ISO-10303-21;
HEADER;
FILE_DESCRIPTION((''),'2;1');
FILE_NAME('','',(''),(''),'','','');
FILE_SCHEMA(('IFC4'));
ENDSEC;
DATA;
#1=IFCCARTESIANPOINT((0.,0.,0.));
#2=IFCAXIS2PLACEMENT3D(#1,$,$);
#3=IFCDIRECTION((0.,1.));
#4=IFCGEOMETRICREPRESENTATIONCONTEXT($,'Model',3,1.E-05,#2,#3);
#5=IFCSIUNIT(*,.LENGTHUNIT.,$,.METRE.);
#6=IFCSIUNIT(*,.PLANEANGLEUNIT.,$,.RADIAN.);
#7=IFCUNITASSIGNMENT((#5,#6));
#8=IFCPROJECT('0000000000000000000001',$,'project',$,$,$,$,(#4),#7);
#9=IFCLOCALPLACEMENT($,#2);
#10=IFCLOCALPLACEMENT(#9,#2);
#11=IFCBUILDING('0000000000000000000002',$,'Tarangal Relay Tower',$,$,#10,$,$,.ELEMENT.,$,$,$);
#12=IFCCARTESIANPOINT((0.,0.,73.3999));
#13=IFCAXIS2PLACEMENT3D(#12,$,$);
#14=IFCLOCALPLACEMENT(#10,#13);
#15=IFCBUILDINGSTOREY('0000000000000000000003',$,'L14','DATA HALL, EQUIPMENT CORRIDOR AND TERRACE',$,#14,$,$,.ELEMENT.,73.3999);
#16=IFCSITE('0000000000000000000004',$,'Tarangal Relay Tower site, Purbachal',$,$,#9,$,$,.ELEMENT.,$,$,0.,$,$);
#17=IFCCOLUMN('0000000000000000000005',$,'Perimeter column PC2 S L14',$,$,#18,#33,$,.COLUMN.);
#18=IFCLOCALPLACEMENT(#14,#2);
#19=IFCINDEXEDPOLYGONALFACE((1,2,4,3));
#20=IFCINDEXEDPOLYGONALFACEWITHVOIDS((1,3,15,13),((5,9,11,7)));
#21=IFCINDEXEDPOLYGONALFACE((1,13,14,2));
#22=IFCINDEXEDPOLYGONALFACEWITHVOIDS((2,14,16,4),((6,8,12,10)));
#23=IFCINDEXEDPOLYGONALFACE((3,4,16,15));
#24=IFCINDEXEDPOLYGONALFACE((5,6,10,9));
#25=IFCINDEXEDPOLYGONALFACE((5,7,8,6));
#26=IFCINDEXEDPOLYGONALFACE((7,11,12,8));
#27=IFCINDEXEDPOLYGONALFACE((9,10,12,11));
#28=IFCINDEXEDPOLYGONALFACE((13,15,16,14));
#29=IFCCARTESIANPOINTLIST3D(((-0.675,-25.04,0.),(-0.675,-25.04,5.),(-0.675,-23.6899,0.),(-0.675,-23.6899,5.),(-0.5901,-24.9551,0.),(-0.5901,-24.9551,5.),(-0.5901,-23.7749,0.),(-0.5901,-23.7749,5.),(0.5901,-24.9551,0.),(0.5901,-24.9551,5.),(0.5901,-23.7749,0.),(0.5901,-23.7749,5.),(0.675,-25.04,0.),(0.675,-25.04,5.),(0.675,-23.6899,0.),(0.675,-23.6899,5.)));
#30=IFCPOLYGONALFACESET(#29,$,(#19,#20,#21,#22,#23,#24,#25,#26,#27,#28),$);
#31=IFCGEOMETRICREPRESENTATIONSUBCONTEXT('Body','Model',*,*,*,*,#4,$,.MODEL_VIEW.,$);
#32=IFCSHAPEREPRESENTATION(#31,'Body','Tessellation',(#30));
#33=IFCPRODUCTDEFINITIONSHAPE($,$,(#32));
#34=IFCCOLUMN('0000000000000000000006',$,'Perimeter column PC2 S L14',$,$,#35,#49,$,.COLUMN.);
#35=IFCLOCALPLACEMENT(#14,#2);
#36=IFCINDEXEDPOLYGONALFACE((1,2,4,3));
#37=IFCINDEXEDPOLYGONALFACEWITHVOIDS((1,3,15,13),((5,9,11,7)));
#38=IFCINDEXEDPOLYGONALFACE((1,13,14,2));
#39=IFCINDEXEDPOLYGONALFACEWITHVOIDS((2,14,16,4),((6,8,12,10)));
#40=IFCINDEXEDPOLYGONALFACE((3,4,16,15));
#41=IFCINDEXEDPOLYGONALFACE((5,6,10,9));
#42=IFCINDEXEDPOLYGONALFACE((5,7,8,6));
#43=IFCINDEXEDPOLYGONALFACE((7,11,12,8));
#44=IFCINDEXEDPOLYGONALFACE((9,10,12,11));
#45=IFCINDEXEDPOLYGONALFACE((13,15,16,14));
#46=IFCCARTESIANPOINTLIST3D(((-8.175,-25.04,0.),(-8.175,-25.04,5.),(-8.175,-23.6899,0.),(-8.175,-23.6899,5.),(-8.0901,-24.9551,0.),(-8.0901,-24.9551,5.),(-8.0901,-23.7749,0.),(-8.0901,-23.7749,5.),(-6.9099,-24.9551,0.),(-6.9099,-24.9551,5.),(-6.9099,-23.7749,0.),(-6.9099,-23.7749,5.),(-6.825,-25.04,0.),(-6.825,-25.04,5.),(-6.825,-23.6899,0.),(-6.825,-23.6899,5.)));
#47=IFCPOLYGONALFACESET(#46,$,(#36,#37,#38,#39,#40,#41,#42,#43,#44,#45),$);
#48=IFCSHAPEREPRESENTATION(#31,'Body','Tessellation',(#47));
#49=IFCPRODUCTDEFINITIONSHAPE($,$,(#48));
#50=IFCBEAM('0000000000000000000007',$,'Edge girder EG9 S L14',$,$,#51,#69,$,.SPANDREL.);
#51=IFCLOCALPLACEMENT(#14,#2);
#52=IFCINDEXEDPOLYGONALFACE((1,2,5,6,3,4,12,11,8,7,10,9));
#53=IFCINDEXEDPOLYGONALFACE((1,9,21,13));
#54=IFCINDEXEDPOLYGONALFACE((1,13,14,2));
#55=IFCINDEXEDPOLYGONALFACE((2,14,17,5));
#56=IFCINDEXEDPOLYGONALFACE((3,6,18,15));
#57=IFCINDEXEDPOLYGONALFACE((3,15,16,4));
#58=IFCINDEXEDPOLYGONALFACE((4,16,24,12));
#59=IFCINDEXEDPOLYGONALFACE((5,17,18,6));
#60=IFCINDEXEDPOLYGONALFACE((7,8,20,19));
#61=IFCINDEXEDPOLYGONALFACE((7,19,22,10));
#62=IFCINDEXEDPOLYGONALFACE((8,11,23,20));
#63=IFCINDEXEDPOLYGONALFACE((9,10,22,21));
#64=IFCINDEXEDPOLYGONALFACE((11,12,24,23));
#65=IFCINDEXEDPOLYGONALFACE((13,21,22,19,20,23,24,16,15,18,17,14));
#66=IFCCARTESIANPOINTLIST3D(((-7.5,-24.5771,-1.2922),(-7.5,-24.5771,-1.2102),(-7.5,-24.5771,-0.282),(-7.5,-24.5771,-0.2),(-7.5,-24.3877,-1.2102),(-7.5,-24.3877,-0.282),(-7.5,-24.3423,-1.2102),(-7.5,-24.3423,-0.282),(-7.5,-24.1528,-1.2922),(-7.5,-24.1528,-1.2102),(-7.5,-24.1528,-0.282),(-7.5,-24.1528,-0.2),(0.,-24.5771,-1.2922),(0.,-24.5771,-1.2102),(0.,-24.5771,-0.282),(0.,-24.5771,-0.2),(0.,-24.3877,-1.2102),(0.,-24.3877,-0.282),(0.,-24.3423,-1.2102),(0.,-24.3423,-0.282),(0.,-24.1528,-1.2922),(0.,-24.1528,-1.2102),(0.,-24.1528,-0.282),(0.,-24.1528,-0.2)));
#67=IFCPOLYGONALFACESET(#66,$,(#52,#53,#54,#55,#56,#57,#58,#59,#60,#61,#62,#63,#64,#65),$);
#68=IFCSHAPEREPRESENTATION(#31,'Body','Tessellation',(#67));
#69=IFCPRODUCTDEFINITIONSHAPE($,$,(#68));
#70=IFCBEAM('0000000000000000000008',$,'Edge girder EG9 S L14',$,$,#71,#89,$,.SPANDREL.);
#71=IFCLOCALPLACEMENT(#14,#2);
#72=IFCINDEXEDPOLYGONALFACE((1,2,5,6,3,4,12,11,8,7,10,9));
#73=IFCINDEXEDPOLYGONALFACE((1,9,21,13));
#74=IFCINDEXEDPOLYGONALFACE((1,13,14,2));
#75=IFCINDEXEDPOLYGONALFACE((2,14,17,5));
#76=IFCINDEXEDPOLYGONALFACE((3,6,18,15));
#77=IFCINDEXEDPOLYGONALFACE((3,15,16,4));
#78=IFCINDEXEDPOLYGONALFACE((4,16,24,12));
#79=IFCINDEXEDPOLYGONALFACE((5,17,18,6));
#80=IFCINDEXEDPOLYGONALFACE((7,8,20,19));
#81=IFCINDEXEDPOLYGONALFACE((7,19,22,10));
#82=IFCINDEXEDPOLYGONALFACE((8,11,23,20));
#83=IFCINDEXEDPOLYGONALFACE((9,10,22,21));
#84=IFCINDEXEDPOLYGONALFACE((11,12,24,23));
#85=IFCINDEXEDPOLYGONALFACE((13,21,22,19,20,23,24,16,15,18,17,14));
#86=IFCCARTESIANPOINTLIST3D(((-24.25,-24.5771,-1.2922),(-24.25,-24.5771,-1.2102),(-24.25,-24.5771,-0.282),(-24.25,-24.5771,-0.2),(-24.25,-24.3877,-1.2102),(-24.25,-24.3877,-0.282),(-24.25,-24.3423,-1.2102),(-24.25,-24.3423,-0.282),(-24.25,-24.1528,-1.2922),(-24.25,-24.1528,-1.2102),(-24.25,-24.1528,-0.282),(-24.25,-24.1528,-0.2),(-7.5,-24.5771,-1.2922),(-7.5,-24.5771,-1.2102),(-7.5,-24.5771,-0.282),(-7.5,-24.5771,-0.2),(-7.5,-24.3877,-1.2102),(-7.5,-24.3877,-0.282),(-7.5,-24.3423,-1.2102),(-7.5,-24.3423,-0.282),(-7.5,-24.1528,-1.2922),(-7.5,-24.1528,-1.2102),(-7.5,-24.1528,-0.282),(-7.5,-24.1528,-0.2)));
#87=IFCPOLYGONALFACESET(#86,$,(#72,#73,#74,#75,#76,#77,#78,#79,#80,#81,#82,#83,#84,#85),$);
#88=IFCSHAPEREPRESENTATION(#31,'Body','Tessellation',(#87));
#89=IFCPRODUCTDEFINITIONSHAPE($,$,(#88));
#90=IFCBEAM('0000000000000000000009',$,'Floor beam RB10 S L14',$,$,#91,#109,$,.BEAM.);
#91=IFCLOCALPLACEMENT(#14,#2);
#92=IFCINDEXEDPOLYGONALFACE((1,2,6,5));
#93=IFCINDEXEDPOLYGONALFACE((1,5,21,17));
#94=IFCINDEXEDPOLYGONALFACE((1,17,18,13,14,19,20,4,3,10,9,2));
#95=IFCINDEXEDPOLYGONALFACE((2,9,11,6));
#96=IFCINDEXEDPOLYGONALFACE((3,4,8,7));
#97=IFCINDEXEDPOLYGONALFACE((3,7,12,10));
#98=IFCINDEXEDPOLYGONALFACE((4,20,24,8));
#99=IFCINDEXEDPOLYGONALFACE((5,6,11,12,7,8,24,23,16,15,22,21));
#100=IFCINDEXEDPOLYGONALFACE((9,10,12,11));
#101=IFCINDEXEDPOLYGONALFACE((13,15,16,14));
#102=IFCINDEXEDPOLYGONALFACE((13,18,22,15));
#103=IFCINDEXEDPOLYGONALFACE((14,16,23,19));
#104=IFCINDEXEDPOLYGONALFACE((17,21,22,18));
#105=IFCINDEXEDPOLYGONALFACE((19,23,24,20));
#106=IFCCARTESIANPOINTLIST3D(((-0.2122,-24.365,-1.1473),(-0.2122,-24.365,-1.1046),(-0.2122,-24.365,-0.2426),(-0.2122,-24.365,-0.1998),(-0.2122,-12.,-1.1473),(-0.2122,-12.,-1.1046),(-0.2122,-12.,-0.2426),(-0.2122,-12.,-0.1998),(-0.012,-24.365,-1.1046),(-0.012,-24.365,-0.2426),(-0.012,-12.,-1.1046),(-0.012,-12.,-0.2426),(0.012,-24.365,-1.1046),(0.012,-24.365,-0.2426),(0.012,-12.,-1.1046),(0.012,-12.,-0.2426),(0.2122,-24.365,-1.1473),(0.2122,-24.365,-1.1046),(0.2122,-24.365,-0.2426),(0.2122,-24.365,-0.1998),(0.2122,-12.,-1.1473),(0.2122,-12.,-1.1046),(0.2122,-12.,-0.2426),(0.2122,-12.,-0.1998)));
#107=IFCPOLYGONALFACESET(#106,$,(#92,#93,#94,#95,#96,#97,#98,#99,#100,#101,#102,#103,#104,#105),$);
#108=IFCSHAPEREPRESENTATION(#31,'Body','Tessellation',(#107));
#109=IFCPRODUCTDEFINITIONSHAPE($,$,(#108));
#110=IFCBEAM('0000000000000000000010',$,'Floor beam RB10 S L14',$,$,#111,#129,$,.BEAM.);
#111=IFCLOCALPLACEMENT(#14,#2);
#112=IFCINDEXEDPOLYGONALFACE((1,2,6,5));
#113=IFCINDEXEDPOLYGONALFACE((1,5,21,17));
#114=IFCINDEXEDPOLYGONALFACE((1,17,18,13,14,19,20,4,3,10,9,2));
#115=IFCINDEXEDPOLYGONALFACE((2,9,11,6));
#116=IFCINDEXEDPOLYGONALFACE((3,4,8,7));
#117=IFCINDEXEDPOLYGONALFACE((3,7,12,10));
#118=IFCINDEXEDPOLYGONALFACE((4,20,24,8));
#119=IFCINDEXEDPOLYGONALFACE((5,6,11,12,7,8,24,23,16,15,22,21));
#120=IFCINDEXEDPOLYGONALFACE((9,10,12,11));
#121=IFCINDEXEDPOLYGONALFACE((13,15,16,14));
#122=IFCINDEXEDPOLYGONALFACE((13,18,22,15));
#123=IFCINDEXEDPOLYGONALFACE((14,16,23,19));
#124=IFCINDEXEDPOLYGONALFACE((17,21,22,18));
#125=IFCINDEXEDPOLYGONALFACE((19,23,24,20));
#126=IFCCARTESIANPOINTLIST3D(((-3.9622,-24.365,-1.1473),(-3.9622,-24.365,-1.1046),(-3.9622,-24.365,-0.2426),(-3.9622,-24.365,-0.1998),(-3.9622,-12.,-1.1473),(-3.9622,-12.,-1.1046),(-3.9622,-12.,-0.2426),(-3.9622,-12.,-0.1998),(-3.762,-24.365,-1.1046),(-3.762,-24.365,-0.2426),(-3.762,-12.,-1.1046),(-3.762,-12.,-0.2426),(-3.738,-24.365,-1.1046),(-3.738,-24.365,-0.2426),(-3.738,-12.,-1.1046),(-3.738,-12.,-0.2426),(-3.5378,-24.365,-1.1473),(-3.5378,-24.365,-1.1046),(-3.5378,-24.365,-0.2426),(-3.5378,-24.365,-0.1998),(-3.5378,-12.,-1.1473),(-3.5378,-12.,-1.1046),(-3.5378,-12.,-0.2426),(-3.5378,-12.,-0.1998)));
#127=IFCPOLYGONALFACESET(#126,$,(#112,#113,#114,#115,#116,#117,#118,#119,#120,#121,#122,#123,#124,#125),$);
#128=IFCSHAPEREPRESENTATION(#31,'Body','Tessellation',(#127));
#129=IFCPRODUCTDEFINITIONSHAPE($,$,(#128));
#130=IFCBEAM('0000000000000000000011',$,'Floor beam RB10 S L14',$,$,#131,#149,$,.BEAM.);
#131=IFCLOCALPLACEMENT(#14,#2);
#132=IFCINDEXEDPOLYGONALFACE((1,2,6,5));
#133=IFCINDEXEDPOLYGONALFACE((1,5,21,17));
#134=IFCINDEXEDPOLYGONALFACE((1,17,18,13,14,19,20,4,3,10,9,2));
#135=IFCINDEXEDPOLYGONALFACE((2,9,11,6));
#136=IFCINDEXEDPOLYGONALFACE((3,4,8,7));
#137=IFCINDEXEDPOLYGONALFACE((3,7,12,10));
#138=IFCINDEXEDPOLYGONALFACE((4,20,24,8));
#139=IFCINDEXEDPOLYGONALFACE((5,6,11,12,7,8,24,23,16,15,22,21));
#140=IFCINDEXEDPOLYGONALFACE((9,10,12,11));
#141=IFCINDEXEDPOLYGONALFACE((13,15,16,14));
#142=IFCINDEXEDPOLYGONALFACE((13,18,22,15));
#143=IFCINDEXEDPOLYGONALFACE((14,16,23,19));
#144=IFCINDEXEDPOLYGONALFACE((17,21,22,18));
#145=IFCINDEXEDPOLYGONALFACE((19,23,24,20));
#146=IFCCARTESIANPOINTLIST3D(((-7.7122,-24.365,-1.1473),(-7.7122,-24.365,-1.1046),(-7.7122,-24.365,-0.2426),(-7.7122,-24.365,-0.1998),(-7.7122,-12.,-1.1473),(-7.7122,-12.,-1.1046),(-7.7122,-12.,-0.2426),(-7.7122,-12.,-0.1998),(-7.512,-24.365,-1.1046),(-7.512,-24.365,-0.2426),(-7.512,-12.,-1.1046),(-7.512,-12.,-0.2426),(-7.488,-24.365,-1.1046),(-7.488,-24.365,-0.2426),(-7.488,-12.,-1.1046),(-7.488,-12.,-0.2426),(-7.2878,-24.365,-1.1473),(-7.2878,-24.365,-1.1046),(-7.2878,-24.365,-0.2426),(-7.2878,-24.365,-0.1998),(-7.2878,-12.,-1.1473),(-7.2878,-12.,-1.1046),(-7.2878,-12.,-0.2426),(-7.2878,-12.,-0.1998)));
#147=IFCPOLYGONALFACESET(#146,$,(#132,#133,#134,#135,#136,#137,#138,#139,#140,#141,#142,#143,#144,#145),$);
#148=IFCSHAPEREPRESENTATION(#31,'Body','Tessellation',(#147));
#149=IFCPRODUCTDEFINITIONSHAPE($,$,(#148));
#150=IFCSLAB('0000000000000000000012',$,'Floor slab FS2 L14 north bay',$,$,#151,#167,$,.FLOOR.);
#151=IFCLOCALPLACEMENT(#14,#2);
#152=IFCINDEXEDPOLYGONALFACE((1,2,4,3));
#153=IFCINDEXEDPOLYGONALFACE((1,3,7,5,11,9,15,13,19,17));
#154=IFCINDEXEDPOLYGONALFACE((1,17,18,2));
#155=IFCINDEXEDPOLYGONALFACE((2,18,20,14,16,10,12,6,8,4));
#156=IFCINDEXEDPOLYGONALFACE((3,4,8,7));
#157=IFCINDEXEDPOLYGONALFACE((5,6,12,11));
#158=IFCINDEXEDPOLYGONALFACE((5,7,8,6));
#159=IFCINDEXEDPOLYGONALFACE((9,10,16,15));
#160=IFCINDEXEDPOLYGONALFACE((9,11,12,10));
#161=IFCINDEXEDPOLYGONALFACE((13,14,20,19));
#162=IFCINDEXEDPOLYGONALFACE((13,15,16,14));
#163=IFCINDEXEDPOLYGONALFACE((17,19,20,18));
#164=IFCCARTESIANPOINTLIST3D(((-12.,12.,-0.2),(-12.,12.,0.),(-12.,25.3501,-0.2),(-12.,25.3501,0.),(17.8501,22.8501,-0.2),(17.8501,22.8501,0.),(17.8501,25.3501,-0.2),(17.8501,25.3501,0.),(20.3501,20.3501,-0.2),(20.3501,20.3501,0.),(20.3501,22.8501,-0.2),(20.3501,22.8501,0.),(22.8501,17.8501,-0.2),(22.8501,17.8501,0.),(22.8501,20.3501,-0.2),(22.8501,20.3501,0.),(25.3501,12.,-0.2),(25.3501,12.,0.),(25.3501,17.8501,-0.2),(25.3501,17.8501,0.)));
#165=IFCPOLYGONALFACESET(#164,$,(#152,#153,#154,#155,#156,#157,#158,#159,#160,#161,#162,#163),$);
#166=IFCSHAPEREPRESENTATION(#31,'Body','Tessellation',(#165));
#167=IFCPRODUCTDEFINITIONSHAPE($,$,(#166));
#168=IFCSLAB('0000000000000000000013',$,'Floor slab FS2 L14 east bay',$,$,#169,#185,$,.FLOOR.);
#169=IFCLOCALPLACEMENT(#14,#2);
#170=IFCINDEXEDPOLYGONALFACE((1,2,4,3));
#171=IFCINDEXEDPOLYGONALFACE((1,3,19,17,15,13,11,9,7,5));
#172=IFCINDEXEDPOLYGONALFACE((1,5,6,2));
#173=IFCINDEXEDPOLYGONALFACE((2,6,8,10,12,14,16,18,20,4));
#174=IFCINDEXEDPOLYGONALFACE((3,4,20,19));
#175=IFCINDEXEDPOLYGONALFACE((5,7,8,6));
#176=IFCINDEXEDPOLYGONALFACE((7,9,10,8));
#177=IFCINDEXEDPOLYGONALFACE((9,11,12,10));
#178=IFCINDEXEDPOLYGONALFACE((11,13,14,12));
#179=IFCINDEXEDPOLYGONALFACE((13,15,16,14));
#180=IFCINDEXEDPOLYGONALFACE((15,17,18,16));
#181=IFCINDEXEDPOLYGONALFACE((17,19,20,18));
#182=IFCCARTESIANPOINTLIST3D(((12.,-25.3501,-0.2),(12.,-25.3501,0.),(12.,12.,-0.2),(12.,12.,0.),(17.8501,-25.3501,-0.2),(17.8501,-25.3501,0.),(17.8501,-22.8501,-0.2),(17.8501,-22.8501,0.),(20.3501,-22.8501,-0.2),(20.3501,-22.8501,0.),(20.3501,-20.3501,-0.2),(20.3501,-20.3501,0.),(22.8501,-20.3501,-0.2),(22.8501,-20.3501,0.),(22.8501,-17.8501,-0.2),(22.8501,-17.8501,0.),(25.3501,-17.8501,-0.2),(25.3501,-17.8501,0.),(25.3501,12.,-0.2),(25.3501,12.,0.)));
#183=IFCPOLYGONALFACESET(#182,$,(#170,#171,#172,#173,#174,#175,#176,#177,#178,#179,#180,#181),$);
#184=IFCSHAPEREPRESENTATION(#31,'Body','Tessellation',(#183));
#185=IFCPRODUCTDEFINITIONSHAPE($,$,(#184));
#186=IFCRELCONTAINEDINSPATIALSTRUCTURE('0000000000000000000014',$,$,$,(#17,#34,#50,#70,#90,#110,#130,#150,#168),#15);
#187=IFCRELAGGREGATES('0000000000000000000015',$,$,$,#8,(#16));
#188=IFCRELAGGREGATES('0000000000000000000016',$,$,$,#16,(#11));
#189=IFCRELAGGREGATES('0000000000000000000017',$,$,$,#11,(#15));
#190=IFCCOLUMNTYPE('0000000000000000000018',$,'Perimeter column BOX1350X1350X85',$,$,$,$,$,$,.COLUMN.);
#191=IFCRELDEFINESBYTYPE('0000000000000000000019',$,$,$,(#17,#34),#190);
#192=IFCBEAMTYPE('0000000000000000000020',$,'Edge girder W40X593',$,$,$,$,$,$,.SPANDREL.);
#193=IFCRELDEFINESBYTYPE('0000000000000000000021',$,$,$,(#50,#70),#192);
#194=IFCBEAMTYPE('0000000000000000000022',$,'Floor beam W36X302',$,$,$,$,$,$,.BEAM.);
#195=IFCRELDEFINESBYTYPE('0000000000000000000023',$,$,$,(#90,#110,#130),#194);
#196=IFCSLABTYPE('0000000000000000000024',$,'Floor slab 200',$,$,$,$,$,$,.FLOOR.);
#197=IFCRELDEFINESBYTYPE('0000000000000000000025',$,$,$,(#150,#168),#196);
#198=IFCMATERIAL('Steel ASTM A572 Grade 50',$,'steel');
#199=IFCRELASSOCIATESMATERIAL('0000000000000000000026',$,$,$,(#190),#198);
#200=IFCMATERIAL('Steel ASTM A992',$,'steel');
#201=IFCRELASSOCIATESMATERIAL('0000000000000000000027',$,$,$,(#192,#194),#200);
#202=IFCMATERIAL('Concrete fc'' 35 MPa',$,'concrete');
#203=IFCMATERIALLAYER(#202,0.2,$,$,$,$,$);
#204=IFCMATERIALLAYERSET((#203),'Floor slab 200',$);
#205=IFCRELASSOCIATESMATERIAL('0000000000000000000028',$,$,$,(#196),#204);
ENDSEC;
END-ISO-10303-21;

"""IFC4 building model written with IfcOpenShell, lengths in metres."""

from ifc_helpers import new_model, si_unit, direction, frame, origin, origin_2d, place, context, subcontext, project, spatial, polyline, hollow_rectangle, i_section, outline, extrude, material, layer, layer_set, material_profile, profile_set, type_object, element, save


model = new_model("IFC4")

# Units and contexts
model_context = context("Model", 3, precision=1e-05, world=origin(), true_north=direction((0.0, 1.0)))
body_context = subcontext(model_context, "Body", "Model", "MODEL_VIEW")
ifc_project = project(units=[si_unit("LENGTHUNIT", "METRE"), si_unit("PLANEANGLEUNIT", "RADIAN")], contexts=[model_context])

# Site, building, storey
site_placement = place(None, origin())
site = spatial("IfcSite", under=ifc_project, at=site_placement, Name="Tarangal Relay Tower site, Purbachal", CompositionType="ELEMENT", RefElevation=0.0)
building_placement = place(site_placement, origin())
building = spatial("IfcBuilding", under=site, at=building_placement, Name="Tarangal Relay Tower", CompositionType="ELEMENT")
storey_placement = place(building_placement, frame((0.0, 0.0, 73.3999)))
storey = spatial("IfcBuildingStorey", under=building, at=storey_placement, Name="L14", Description="DATA HALL, EQUIPMENT CORRIDOR AND TERRACE", CompositionType="ELEMENT", Elevation=73.3999)

# Columns
ifc_material_1 = material(Name="Steel ASTM A572 Grade 50", Category="steel")
ifc_material_profile_1 = material_profile(ifc_material_1, hollow_rectangle(XDim=1.3501, YDim=1.3501, WallThickness=0.085, at=origin_2d()), Name="BOX1350X1350X85")
ifc_profile_set_1 = profile_set([ifc_material_profile_1], Name="Steel ASTM A572 Grade 50")
column_type = type_object("IfcColumnType", Name="Perimeter column BOX1350X1350X85", PredefinedType="COLUMN", material=ifc_profile_set_1)
for number, where, z_axis, x_axis, name in (
    (1, (0.0, -24.365, 0.0), (0.0, 0.0, 1.0), (1.0, 0.0, 0.0), "Perimeter column PC2 S L14"),
    (2, (-7.5, -24.365, 0.0), (0.0, 0.0, 1.0), (1.0, 0.0, 0.0), "Perimeter column PC2 S L14"),
):
    element("IfcColumn", number, at=place(storey_placement, frame(where, z_axis=z_axis, x_axis=x_axis)), inside=storey, type_object=column_type, Name=name, PredefinedType="COLUMN", context=body_context, shape_type="SweptSolid", body=[
        extrude(hollow_rectangle(XDim=1.3501, YDim=1.3501, WallThickness=0.085, at=origin_2d()), origin(), (0.0, 0.0, 1.0), 5.0),
    ])

# Beams
ifc_material_2 = material(Name="Steel ASTM A992", Category="steel")
ifc_material_profile_2 = material_profile(ifc_material_2, i_section(OverallWidth=0.4243, OverallDepth=1.0923, WebThickness=0.0454, FlangeThickness=0.082, at=origin_2d()), Name="W40X593")
ifc_profile_set_2 = profile_set([ifc_material_profile_2], Name="Steel ASTM A992")
beam_type_1 = type_object("IfcBeamType", Name="Edge girder W40X593", PredefinedType="SPANDREL", material=ifc_profile_set_2)
beam_1_placement = place(storey_placement, frame((0.0, -24.365, -0.7461), z_axis=(-1.0, 0.0, 0.0), x_axis=(0.0, -1.0, 0.0)))
element("IfcBeam", 3, at=beam_1_placement, inside=storey, type_object=beam_type_1, Name="Edge girder EG9 S L14", PredefinedType="SPANDREL", context=body_context, shape_type="SweptSolid", body=[
    extrude(i_section(OverallWidth=0.4243, OverallDepth=1.0923, WebThickness=0.0454, FlangeThickness=0.082, at=origin_2d()), origin(), (0.0, 0.0, 1.0), 7.5),
])
beam_2_placement = place(storey_placement, frame((-7.5, -24.365, -0.7461), z_axis=(-1.0, 0.0, 0.0), x_axis=(0.0, -1.0, 0.0)))
element("IfcBeam", 4, at=beam_2_placement, inside=storey, type_object=beam_type_1, Name="Edge girder EG9 S L14", PredefinedType="SPANDREL", context=body_context, shape_type="SweptSolid", body=[
    extrude(i_section(OverallWidth=0.4243, OverallDepth=1.0923, WebThickness=0.0454, FlangeThickness=0.082, at=origin_2d()), origin(), (0.0, 0.0, 1.0), 16.75),
])
ifc_material_profile_3 = material_profile(ifc_material_2, i_section(OverallWidth=0.4243, OverallDepth=0.9475, WebThickness=0.0239, FlangeThickness=0.0427, at=origin_2d()), Name="W36X302")
ifc_profile_set_3 = profile_set([ifc_material_profile_3], Name="Steel ASTM A992")
beam_type_2 = type_object("IfcBeamType", Name="Floor beam W36X302", PredefinedType="BEAM", material=ifc_profile_set_3)
for number, where, z_axis, x_axis, name in (
    (5, (0.0, -12.0, -0.6736), (0.0, -1.0, 0.0), (1.0, 0.0, 0.0), "Floor beam RB10 S L14"),
    (6, (-3.75, -12.0, -0.6736), (0.0, -1.0, 0.0), (1.0, 0.0, 0.0), "Floor beam RB10 S L14"),
    (7, (-7.5, -12.0, -0.6736), (0.0, -1.0, 0.0), (1.0, 0.0, 0.0), "Floor beam RB10 S L14"),
):
    element("IfcBeam", number, at=place(storey_placement, frame(where, z_axis=z_axis, x_axis=x_axis)), inside=storey, type_object=beam_type_2, Name=name, PredefinedType="BEAM", context=body_context, shape_type="SweptSolid", body=[
        extrude(i_section(OverallWidth=0.4243, OverallDepth=0.9475, WebThickness=0.0239, FlangeThickness=0.0427, at=origin_2d()), origin(), (0.0, 0.0, 1.0), 12.365),
    ])

# Slabs
ifc_material_3 = material(Name="Concrete fc' 35 MPa", Category="concrete")
ifc_layer_1 = layer(ifc_material_3, 0.2)
ifc_layer_set_1 = layer_set([ifc_layer_1], Name="Floor slab 200")
slab_type_1 = type_object("IfcSlabType", Name="Floor slab 200", PredefinedType="FLOOR", material=ifc_layer_set_1)
slab_1_placement = place(storey_placement, frame((0.0, 0.0, -0.2)))
element("IfcSlab", 8, at=slab_1_placement, inside=storey, type_object=slab_type_1, Name="Floor slab FS2 L14 north bay", PredefinedType="FLOOR", context=body_context, shape_type="SweptSolid", body=[
    extrude(outline(polyline([(17.8501, 25.3501), (17.8501, 22.8501), (20.3501, 22.8501), (20.3501, 20.3501), (22.8501, 20.3501), (22.8501, 17.8501), (25.3501, 17.8501), (25.3501, 12.0), (-12.0, 12.0), (-12.0, 25.3501), (17.8501, 25.3501)])), origin(), (0.0, 0.0, 1.0), 0.2),
])
slab_2_placement = place(storey_placement, frame((0.0, 0.0, -0.2)))
element("IfcSlab", 9, at=slab_2_placement, inside=storey, type_object=slab_type_1, Name="Floor slab FS2 L14 east bay", PredefinedType="FLOOR", context=body_context, shape_type="SweptSolid", body=[
    extrude(outline(polyline([(25.3501, -17.8501), (22.8501, -17.8501), (22.8501, -20.3501), (20.3501, -20.3501), (20.3501, -22.8501), (17.8501, -22.8501), (17.8501, -25.3501), (12.0, -25.3501), (12.0, 12.0), (25.3501, 12.0), (25.3501, -17.8501)])), origin(), (0.0, 0.0, 1.0), 0.2),
])

save(model, "model.ifc")
